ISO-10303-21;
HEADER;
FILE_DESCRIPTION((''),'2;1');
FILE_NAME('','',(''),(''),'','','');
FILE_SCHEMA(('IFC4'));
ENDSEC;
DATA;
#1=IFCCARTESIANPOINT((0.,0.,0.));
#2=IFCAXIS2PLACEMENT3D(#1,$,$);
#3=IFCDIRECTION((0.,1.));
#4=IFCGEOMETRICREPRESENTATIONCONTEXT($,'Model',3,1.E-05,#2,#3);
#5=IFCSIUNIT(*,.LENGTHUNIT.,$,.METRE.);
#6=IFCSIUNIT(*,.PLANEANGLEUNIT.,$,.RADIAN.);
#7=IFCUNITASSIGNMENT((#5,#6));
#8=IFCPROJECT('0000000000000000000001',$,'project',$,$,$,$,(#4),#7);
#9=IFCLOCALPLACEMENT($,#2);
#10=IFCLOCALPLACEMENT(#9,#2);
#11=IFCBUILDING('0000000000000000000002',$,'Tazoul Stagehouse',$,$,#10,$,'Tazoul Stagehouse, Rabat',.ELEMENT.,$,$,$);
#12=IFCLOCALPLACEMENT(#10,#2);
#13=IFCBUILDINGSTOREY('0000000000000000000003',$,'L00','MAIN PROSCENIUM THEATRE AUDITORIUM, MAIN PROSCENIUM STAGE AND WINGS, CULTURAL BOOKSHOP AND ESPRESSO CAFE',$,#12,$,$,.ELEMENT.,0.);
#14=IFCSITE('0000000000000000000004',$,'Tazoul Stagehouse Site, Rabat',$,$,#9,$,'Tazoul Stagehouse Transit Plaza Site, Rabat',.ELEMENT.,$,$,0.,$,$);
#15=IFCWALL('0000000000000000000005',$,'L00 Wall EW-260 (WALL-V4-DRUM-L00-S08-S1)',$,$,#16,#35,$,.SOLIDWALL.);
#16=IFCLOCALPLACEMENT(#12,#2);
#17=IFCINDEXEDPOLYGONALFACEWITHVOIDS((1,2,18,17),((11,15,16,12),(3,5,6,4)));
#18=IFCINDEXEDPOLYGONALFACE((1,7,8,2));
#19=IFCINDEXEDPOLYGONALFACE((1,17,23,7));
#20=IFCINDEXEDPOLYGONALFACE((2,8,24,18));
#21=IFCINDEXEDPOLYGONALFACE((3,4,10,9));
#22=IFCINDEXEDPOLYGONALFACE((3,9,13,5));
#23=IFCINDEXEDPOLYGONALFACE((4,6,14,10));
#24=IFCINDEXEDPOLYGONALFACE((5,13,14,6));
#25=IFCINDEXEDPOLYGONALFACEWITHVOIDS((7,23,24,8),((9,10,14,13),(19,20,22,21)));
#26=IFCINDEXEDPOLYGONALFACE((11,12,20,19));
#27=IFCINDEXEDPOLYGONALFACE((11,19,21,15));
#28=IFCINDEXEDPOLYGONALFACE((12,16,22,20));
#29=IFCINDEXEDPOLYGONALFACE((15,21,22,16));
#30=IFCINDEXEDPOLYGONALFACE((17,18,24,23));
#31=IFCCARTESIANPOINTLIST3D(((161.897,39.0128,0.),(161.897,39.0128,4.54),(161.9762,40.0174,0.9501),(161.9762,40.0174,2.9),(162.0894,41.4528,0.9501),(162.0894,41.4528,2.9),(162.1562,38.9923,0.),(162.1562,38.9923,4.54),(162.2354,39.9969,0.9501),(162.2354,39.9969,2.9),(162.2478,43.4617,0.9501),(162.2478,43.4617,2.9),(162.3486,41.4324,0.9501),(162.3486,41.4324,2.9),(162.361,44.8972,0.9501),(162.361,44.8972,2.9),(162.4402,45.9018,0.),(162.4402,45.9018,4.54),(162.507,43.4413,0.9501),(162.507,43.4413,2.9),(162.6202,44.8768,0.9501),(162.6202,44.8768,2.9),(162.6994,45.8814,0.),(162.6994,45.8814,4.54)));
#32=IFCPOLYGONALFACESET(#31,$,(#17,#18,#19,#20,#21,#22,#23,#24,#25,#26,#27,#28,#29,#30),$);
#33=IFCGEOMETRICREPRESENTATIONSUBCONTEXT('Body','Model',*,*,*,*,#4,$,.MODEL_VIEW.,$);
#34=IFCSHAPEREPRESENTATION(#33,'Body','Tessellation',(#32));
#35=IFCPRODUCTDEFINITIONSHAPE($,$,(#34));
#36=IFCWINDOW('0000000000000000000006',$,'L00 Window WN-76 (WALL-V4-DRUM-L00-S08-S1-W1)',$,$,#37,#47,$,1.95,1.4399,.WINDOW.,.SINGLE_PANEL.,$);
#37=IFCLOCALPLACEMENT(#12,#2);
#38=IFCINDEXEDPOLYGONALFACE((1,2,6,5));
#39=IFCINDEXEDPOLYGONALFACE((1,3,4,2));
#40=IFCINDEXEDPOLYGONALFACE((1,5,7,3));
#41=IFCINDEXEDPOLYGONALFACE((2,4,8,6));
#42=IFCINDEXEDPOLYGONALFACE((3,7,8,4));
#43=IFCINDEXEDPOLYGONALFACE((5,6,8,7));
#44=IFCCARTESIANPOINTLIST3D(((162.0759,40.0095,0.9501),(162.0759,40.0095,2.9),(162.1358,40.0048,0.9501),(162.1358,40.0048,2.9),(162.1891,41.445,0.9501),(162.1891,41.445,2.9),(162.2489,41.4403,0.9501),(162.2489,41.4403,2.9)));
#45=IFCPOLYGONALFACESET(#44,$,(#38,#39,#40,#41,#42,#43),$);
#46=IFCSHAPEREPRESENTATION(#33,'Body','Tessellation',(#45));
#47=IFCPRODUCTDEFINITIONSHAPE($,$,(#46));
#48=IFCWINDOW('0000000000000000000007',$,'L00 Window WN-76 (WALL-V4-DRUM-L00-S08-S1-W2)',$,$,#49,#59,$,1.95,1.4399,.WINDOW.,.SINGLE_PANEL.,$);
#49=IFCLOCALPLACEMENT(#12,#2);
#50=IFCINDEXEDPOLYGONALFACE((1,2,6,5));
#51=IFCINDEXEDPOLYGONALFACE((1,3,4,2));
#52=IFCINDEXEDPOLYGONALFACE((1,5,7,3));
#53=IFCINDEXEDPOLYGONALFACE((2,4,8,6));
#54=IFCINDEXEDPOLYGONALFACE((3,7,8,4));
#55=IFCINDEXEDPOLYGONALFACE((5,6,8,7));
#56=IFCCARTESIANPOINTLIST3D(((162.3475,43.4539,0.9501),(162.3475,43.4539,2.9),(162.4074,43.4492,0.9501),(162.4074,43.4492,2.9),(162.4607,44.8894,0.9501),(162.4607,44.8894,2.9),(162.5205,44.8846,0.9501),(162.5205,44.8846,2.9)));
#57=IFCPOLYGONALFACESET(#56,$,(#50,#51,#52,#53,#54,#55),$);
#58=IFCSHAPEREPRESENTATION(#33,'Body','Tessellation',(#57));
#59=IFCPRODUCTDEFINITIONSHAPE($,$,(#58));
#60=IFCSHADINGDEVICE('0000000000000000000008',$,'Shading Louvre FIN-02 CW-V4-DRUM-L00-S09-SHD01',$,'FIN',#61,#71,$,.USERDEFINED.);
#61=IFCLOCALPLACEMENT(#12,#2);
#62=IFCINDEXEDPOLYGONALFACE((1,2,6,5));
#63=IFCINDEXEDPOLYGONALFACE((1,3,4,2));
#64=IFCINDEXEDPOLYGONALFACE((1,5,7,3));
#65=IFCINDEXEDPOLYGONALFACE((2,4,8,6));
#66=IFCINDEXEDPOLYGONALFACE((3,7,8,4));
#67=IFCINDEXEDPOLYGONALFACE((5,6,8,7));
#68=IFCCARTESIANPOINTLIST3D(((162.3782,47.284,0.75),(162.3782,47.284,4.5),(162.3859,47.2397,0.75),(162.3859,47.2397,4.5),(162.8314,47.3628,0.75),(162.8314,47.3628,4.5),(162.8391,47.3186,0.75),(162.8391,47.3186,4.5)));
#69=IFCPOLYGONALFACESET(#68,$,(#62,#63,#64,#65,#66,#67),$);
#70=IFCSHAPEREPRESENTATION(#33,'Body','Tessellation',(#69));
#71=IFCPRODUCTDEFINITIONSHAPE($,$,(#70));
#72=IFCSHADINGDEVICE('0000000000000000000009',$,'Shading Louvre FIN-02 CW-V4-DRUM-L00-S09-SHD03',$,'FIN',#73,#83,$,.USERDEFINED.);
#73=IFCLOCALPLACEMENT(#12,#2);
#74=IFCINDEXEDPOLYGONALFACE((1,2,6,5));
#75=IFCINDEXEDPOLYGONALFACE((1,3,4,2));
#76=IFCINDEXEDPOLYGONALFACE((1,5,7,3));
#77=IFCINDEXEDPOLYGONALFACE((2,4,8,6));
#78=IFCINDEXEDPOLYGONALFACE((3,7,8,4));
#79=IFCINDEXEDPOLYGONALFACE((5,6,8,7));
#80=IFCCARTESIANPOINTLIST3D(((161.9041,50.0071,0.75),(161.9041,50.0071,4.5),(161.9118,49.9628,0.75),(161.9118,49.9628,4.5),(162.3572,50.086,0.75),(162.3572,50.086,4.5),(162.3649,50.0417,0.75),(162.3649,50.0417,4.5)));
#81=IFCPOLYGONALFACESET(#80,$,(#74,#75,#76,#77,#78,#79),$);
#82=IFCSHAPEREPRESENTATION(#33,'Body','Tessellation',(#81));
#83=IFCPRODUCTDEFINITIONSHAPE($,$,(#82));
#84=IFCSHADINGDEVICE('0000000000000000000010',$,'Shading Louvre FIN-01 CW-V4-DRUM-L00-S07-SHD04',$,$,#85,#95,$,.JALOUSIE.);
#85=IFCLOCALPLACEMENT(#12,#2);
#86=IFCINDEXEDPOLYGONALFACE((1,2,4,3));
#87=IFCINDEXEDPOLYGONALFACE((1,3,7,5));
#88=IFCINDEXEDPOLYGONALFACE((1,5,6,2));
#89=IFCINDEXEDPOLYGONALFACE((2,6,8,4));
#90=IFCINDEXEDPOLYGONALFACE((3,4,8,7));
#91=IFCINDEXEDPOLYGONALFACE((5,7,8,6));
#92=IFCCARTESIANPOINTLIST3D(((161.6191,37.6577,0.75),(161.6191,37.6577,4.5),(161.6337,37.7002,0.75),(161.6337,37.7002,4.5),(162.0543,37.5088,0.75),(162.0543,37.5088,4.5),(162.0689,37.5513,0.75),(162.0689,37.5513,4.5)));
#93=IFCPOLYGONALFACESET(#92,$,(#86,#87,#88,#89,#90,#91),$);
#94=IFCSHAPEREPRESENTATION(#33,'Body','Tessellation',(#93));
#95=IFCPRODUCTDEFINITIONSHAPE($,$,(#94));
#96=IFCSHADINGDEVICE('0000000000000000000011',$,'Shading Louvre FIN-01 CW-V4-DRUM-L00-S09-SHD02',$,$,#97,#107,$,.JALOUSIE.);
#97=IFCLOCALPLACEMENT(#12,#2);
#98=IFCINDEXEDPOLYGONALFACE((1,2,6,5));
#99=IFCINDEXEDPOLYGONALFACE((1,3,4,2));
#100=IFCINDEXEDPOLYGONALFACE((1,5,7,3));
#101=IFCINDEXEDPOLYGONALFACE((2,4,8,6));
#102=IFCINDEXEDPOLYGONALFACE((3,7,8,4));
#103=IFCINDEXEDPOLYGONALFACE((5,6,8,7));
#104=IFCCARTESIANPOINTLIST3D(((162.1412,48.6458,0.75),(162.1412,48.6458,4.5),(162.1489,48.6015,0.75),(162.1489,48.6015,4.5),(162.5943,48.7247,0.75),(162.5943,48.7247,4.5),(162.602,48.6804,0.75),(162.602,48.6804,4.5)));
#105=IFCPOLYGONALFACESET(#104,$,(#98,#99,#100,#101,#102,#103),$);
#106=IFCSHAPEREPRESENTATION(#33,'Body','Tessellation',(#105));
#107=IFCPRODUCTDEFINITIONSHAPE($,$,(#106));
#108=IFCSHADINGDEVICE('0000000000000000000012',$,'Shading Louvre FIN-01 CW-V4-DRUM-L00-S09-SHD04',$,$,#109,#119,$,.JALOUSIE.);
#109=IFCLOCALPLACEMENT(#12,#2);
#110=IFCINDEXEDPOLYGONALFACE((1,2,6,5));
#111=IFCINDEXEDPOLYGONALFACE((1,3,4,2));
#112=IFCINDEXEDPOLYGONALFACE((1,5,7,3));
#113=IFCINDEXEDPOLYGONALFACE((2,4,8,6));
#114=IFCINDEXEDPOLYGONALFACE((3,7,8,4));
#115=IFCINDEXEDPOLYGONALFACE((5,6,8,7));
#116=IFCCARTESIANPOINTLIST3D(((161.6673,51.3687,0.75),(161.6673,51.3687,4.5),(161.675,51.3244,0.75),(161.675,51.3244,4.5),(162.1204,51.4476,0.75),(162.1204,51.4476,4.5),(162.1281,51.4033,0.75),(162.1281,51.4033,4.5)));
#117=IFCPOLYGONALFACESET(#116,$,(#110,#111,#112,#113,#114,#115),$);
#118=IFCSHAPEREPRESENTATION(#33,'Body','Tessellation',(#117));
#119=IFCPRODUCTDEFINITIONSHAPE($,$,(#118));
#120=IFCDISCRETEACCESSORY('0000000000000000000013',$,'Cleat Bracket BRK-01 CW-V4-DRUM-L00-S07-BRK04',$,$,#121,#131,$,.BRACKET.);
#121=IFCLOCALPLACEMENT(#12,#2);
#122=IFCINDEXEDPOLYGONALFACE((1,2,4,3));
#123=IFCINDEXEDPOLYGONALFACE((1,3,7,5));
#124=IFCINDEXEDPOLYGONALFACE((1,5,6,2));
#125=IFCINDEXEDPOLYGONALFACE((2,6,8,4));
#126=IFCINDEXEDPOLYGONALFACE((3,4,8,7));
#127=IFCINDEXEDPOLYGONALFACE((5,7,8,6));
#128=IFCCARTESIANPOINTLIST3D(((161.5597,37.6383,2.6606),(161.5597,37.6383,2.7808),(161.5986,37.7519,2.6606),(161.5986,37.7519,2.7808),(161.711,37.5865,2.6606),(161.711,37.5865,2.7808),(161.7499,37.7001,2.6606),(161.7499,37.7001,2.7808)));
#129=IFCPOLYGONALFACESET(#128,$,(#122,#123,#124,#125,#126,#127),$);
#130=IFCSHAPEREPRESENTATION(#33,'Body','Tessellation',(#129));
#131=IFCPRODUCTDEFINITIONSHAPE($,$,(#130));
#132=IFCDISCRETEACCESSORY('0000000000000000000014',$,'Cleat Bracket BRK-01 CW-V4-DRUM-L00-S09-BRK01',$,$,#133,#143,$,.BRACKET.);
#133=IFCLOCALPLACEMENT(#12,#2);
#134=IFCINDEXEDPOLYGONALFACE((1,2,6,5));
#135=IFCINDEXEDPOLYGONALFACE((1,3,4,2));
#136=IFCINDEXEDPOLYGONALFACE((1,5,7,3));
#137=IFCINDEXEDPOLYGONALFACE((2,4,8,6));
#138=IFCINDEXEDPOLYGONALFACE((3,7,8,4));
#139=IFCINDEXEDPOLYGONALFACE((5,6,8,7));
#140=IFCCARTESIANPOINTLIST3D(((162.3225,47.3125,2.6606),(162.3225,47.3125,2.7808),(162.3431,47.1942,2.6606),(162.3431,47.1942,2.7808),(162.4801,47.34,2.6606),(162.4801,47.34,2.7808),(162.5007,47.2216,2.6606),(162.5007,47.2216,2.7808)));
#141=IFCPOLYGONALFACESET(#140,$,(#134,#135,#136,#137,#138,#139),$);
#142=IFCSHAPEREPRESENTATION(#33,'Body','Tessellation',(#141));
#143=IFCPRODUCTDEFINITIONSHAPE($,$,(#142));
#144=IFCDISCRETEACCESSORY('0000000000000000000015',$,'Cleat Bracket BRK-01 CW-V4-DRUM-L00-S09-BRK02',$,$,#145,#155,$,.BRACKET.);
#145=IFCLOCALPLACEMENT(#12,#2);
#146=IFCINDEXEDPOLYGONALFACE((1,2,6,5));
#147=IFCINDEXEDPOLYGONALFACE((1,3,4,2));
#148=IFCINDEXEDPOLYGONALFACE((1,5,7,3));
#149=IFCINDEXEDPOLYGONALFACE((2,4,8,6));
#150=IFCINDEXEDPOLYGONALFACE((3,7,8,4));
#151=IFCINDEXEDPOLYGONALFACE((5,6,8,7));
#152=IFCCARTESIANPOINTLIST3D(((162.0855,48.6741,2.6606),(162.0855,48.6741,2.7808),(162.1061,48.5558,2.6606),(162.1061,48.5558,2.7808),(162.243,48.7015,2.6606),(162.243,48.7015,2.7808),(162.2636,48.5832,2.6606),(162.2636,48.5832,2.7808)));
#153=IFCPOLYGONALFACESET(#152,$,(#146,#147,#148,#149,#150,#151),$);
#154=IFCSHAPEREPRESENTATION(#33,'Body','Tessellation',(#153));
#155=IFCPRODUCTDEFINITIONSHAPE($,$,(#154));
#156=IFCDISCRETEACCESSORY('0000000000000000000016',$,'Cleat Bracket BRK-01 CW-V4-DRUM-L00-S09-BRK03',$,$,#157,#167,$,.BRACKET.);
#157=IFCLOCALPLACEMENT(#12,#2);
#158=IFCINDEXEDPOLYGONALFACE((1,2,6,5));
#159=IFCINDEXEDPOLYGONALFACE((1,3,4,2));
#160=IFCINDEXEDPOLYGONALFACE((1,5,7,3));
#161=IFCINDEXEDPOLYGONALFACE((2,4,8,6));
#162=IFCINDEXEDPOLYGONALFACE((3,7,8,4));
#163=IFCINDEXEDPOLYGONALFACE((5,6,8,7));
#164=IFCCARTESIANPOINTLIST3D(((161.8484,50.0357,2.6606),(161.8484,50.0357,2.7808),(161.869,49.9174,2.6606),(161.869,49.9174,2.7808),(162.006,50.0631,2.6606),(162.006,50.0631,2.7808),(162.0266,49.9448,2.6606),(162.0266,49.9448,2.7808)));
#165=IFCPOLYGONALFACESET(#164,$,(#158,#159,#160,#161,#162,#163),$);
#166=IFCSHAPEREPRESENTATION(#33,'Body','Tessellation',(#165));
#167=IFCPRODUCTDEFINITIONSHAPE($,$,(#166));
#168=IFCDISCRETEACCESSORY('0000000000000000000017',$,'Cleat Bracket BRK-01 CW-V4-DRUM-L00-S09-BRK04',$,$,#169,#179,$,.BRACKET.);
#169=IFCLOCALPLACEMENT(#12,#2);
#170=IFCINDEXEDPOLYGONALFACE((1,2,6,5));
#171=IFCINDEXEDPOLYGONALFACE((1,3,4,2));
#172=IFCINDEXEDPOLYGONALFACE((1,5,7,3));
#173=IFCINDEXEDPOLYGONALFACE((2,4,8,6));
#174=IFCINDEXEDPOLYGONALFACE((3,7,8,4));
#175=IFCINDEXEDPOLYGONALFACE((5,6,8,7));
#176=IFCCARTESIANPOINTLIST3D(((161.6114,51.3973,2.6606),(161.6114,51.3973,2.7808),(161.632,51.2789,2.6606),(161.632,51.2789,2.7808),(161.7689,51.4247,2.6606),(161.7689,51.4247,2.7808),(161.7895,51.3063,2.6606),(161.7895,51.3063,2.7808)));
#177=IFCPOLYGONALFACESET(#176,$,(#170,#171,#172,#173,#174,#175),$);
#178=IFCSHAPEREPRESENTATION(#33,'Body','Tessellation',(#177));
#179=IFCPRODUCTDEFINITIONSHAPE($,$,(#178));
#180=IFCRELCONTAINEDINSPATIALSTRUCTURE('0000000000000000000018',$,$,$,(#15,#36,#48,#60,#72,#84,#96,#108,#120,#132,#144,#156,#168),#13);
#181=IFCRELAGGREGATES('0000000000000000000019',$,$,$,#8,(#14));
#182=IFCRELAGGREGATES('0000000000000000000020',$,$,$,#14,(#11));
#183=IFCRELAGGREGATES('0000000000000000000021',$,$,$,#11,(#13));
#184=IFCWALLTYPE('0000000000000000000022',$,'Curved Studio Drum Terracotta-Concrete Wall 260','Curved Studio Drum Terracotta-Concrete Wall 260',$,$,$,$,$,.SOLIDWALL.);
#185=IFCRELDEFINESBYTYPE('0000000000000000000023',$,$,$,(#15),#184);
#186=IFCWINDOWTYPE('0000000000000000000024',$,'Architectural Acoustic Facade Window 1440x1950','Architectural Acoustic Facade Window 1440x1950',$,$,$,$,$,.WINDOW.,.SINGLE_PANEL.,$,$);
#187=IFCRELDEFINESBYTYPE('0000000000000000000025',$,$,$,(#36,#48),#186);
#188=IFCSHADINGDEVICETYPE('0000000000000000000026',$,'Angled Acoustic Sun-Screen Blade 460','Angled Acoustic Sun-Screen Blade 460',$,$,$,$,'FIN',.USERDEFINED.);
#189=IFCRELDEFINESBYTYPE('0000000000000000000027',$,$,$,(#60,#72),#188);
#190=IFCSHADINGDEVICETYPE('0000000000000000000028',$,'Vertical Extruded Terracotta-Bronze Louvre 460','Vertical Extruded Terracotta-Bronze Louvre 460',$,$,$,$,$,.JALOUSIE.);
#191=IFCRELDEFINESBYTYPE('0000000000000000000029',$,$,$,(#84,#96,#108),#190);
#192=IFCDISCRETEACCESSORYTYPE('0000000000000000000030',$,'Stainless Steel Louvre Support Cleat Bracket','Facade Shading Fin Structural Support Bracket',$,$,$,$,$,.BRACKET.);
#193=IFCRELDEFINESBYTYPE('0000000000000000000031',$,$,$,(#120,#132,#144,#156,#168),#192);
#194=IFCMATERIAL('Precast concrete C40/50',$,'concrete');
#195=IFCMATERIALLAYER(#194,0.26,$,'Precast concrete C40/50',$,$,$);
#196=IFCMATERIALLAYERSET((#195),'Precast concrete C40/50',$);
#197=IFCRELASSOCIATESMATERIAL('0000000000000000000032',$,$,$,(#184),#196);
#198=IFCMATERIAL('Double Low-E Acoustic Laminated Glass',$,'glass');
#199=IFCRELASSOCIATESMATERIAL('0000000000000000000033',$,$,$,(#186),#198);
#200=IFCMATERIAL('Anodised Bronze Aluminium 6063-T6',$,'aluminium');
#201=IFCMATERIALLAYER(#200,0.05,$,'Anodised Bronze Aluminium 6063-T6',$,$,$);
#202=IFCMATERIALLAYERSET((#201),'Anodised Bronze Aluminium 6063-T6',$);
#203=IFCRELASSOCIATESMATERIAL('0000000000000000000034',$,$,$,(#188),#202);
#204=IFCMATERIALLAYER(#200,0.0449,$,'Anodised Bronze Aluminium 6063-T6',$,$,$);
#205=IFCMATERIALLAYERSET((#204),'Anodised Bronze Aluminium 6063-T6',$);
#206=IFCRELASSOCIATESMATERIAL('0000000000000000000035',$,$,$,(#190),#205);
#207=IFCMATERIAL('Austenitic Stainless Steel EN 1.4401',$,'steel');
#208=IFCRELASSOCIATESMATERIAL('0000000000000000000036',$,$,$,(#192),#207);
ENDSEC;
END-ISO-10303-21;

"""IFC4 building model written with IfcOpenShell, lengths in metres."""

from ifc_helpers import new_model, si_unit, direction, frame, frame_2d, origin, origin_2d, place, context, subcontext, project, spatial, rectangle, extrude, material, layer, layer_set, type_object, element, fill, save


model = new_model("IFC4")

# Units and contexts
model_context = context("Model", 3, precision=1e-05, world=origin(), true_north=direction((0.0, 1.0)))
body_context = subcontext(model_context, "Body", "Model", "MODEL_VIEW")
ifc_project = project(units=[si_unit("LENGTHUNIT", "METRE"), si_unit("PLANEANGLEUNIT", "RADIAN")], contexts=[model_context])

# Site, building, storey
site_placement = place(None, origin())
site = spatial("IfcSite", under=ifc_project, at=site_placement, Name="Tazoul Stagehouse Site, Rabat", LongName="Tazoul Stagehouse Transit Plaza Site, Rabat", CompositionType="ELEMENT", RefElevation=0.0)
building_placement = place(site_placement, origin())
building = spatial("IfcBuilding", under=site, at=building_placement, Name="Tazoul Stagehouse", LongName="Tazoul Stagehouse, Rabat", CompositionType="ELEMENT")
storey_placement = place(building_placement, origin())
storey = spatial("IfcBuildingStorey", under=building, at=storey_placement, Name="L00", Description="MAIN PROSCENIUM THEATRE AUDITORIUM, MAIN PROSCENIUM STAGE AND WINGS, CULTURAL BOOKSHOP AND ESPRESSO CAFE", CompositionType="ELEMENT", Elevation=0.0)

# Shared definitions
ifc_material_1 = material(Name="Anodised Bronze Aluminium 6063-T6", Category="aluminium")

# Wall, openings, windows
ifc_material_2 = material(Name="Precast concrete C40/50", Category="concrete")
ifc_layer_1 = layer(ifc_material_2, 0.26, Name="Precast concrete C40/50")
ifc_layer_set_1 = layer_set([ifc_layer_1], Name="Precast concrete C40/50")
wall_type = type_object("IfcWallType", Name="Curved Studio Drum Terracotta-Concrete Wall 260", Description="Curved Studio Drum Terracotta-Concrete Wall 260", PredefinedType="SOLIDWALL", material=ifc_layer_set_1)
wall_placement = place(storey_placement, frame((162.0266, 39.0027, 0.0), z_axis=(0.0, 0.0, 1.0), x_axis=(0.078609, 0.996906, 0.0)))
wall = element("IfcWall", 1, at=wall_placement, inside=storey, type_object=wall_type, Name="L00 Wall EW-260 (WALL-V4-DRUM-L00-S08-S1)", PredefinedType="SOLIDWALL", context=body_context, shape_type="SweptSolid", body=[
    extrude(rectangle(XDim=6.9104, YDim=0.26, at=frame_2d((3.4551, 0.0))), origin(), (0.0, 0.0, 1.0), 4.54),
])
opening_1_placement = place(wall_placement, frame((1.0076, 0.0, 0.95)))
opening_1 = element("IfcOpeningElement", 2, at=opening_1_placement, cuts=wall, PredefinedType="OPENING", context=body_context, shape_type="SweptSolid", body=[
    extrude(rectangle(XDim=1.4399, YDim=1.95, at=frame_2d((0.72, 0.9751))), frame((0.0, 0.1499, 0.0), z_axis=(0.0, -1.0, 0.0), x_axis=(1.0, 0.0, 0.0)), (0.0, 0.0, 1.0), 0.3),
])
opening_2_placement = place(wall_placement, frame((4.4626, 0.0, 0.95)))
opening_2 = element("IfcOpeningElement", 3, at=opening_2_placement, cuts=wall, PredefinedType="OPENING", context=body_context, shape_type="SweptSolid", body=[
    extrude(rectangle(XDim=1.4399, YDim=1.95, at=frame_2d((0.72, 0.9751))), frame((0.0, 0.1499, 0.0), z_axis=(0.0, -1.0, 0.0), x_axis=(1.0, 0.0, 0.0)), (0.0, 0.0, 1.0), 0.3),
])
ifc_material_3 = material(Name="Double Low-E Acoustic Laminated Glass", Category="glass")
window_type = type_object("IfcWindowType", Name="Architectural Acoustic Facade Window 1440x1950", Description="Architectural Acoustic Facade Window 1440x1950", PartitioningType="SINGLE_PANEL", PredefinedType="WINDOW", material=ifc_material_3)
window_1_placement = place(opening_1_placement, origin())
window_1 = element("IfcWindow", 4, at=window_1_placement, inside=storey, type_object=window_type, Name="L00 Window WN-76 (WALL-V4-DRUM-L00-S08-S1-W1)", OverallHeight=1.95, OverallWidth=1.4399, PartitioningType="SINGLE_PANEL", PredefinedType="WINDOW", context=body_context, shape_type="SweptSolid", body=[
    extrude(rectangle(XDim=1.4399, YDim=1.95, at=frame_2d((0.72, 0.9751))), frame((0.0, 0.03, 0.0), z_axis=(0.0, -1.0, 0.0), x_axis=(1.0, 0.0, 0.0)), (0.0, 0.0, 1.0), 0.0601),
])
fill(opening_1, window_1)
window_2_placement = place(opening_2_placement, origin())
window_2 = element("IfcWindow", 5, at=window_2_placement, inside=storey, type_object=window_type, Name="L00 Window WN-76 (WALL-V4-DRUM-L00-S08-S1-W2)", OverallHeight=1.95, OverallWidth=1.4399, PartitioningType="SINGLE_PANEL", PredefinedType="WINDOW", context=body_context, shape_type="SweptSolid", body=[
    extrude(rectangle(XDim=1.4399, YDim=1.95, at=frame_2d((0.72, 0.9751))), frame((0.0, 0.03, 0.0), z_axis=(0.0, -1.0, 0.0), x_axis=(1.0, 0.0, 0.0)), (0.0, 0.0, 1.0), 0.0601),
])
fill(opening_2, window_2)

# Shading devices
ifc_layer_2 = layer(ifc_material_1, 0.05, Name="Anodised Bronze Aluminium 6063-T6")
ifc_layer_set_2 = layer_set([ifc_layer_2], Name="Anodised Bronze Aluminium 6063-T6")
shading_device_type_1 = type_object("IfcShadingDeviceType", Name="Angled Acoustic Sun-Screen Blade 460", Description="Angled Acoustic Sun-Screen Blade 460", ElementType="FIN", PredefinedType="USERDEFINED", material=ifc_layer_set_2)
for number, where, z_axis, x_axis, name in (
    (6, (162.6086, 47.3013, 0.75), (0.0, 0.0, 1.0), (-0.171496, 0.985185, 0.0), "Shading Louvre FIN-02 CW-V4-DRUM-L00-S09-SHD01"),
    (7, (162.1345, 50.0244, 0.75), (0.0, 0.0, 1.0), (-0.171496, 0.985185, 0.0), "Shading Louvre FIN-02 CW-V4-DRUM-L00-S09-SHD03"),
):
    element("IfcShadingDevice", number, at=place(storey_placement, frame(where, z_axis=z_axis, x_axis=x_axis)), inside=storey, type_object=shading_device_type_1, Name=name, ObjectType="FIN", PredefinedType="USERDEFINED", context=body_context, shape_type="SweptSolid", body=[
        extrude(rectangle(XDim=0.0449, YDim=0.46, at=origin_2d()), origin(), (0.0, 0.0, 1.0), 3.75),
    ])
ifc_layer_3 = layer(ifc_material_1, 0.0449, Name="Anodised Bronze Aluminium 6063-T6")
ifc_layer_set_3 = layer_set([ifc_layer_3], Name="Anodised Bronze Aluminium 6063-T6")
shading_device_type_2 = type_object("IfcShadingDeviceType", Name="Vertical Extruded Terracotta-Bronze Louvre 460", Description="Vertical Extruded Terracotta-Bronze Louvre 460", PredefinedType="JALOUSIE", material=ifc_layer_set_3)
for number, where, z_axis, x_axis, name in (
    (8, (161.844, 37.6045, 0.75), (0.0, 0.0, 1.0), (0.323785, 0.946131, 0.0), "Shading Louvre FIN-01 CW-V4-DRUM-L00-S07-SHD04"),
    (9, (162.3716, 48.6631, 0.75), (0.0, 0.0, 1.0), (-0.171496, 0.985185, 0.0), "Shading Louvre FIN-01 CW-V4-DRUM-L00-S09-SHD02"),
    (10, (161.8977, 51.386, 0.75), (0.0, 0.0, 1.0), (-0.171496, 0.985185, 0.0), "Shading Louvre FIN-01 CW-V4-DRUM-L00-S09-SHD04"),
):
    element("IfcShadingDevice", number, at=place(storey_placement, frame(where, z_axis=z_axis, x_axis=x_axis)), inside=storey, type_object=shading_device_type_2, Name=name, PredefinedType="JALOUSIE", context=body_context, shape_type="SweptSolid", body=[
        extrude(rectangle(XDim=0.0449, YDim=0.46, at=origin_2d()), origin(), (0.0, 0.0, 1.0), 3.75),
    ])

# Discrete accessories
ifc_material_4 = material(Name="Austenitic Stainless Steel EN 1.4401", Category="steel")
discrete_accessory_type = type_object("IfcDiscreteAccessoryType", Name="Stainless Steel Louvre Support Cleat Bracket", Description="Facade Shading Fin Structural Support Bracket", PredefinedType="BRACKET", material=ifc_material_4)
for number, where, z_axis, x_axis, name in (
    (11, (161.6548, 37.6692, 2.6606), (0.0, 0.0, 1.0), (0.323785, 0.946131, 0.0), "Cleat Bracket BRK-01 CW-V4-DRUM-L00-S07-BRK04"),
    (12, (162.4116, 47.2671, 2.6606), (0.0, 0.0, 1.0), (-0.171496, 0.985185, 0.0), "Cleat Bracket BRK-01 CW-V4-DRUM-L00-S09-BRK01"),
    (13, (162.1746, 48.6287, 2.6606), (0.0, 0.0, 1.0), (-0.171496, 0.985185, 0.0), "Cleat Bracket BRK-01 CW-V4-DRUM-L00-S09-BRK02"),
    (14, (161.9375, 49.9902, 2.6606), (0.0, 0.0, 1.0), (-0.171496, 0.985185, 0.0), "Cleat Bracket BRK-01 CW-V4-DRUM-L00-S09-BRK03"),
    (15, (161.7004, 51.3518, 2.6606), (0.0, 0.0, 1.0), (-0.171496, 0.985185, 0.0), "Cleat Bracket BRK-01 CW-V4-DRUM-L00-S09-BRK04"),
):
    element("IfcDiscreteAccessory", number, at=place(storey_placement, frame(where, z_axis=z_axis, x_axis=x_axis)), inside=storey, type_object=discrete_accessory_type, Name=name, PredefinedType="BRACKET", context=body_context, shape_type="SweptSolid", body=[
        extrude(rectangle(XDim=0.1201, YDim=0.1599, at=origin_2d()), origin(), (0.0, 0.0, 1.0), 0.1201),
    ])

save(model, "model.ifc")
